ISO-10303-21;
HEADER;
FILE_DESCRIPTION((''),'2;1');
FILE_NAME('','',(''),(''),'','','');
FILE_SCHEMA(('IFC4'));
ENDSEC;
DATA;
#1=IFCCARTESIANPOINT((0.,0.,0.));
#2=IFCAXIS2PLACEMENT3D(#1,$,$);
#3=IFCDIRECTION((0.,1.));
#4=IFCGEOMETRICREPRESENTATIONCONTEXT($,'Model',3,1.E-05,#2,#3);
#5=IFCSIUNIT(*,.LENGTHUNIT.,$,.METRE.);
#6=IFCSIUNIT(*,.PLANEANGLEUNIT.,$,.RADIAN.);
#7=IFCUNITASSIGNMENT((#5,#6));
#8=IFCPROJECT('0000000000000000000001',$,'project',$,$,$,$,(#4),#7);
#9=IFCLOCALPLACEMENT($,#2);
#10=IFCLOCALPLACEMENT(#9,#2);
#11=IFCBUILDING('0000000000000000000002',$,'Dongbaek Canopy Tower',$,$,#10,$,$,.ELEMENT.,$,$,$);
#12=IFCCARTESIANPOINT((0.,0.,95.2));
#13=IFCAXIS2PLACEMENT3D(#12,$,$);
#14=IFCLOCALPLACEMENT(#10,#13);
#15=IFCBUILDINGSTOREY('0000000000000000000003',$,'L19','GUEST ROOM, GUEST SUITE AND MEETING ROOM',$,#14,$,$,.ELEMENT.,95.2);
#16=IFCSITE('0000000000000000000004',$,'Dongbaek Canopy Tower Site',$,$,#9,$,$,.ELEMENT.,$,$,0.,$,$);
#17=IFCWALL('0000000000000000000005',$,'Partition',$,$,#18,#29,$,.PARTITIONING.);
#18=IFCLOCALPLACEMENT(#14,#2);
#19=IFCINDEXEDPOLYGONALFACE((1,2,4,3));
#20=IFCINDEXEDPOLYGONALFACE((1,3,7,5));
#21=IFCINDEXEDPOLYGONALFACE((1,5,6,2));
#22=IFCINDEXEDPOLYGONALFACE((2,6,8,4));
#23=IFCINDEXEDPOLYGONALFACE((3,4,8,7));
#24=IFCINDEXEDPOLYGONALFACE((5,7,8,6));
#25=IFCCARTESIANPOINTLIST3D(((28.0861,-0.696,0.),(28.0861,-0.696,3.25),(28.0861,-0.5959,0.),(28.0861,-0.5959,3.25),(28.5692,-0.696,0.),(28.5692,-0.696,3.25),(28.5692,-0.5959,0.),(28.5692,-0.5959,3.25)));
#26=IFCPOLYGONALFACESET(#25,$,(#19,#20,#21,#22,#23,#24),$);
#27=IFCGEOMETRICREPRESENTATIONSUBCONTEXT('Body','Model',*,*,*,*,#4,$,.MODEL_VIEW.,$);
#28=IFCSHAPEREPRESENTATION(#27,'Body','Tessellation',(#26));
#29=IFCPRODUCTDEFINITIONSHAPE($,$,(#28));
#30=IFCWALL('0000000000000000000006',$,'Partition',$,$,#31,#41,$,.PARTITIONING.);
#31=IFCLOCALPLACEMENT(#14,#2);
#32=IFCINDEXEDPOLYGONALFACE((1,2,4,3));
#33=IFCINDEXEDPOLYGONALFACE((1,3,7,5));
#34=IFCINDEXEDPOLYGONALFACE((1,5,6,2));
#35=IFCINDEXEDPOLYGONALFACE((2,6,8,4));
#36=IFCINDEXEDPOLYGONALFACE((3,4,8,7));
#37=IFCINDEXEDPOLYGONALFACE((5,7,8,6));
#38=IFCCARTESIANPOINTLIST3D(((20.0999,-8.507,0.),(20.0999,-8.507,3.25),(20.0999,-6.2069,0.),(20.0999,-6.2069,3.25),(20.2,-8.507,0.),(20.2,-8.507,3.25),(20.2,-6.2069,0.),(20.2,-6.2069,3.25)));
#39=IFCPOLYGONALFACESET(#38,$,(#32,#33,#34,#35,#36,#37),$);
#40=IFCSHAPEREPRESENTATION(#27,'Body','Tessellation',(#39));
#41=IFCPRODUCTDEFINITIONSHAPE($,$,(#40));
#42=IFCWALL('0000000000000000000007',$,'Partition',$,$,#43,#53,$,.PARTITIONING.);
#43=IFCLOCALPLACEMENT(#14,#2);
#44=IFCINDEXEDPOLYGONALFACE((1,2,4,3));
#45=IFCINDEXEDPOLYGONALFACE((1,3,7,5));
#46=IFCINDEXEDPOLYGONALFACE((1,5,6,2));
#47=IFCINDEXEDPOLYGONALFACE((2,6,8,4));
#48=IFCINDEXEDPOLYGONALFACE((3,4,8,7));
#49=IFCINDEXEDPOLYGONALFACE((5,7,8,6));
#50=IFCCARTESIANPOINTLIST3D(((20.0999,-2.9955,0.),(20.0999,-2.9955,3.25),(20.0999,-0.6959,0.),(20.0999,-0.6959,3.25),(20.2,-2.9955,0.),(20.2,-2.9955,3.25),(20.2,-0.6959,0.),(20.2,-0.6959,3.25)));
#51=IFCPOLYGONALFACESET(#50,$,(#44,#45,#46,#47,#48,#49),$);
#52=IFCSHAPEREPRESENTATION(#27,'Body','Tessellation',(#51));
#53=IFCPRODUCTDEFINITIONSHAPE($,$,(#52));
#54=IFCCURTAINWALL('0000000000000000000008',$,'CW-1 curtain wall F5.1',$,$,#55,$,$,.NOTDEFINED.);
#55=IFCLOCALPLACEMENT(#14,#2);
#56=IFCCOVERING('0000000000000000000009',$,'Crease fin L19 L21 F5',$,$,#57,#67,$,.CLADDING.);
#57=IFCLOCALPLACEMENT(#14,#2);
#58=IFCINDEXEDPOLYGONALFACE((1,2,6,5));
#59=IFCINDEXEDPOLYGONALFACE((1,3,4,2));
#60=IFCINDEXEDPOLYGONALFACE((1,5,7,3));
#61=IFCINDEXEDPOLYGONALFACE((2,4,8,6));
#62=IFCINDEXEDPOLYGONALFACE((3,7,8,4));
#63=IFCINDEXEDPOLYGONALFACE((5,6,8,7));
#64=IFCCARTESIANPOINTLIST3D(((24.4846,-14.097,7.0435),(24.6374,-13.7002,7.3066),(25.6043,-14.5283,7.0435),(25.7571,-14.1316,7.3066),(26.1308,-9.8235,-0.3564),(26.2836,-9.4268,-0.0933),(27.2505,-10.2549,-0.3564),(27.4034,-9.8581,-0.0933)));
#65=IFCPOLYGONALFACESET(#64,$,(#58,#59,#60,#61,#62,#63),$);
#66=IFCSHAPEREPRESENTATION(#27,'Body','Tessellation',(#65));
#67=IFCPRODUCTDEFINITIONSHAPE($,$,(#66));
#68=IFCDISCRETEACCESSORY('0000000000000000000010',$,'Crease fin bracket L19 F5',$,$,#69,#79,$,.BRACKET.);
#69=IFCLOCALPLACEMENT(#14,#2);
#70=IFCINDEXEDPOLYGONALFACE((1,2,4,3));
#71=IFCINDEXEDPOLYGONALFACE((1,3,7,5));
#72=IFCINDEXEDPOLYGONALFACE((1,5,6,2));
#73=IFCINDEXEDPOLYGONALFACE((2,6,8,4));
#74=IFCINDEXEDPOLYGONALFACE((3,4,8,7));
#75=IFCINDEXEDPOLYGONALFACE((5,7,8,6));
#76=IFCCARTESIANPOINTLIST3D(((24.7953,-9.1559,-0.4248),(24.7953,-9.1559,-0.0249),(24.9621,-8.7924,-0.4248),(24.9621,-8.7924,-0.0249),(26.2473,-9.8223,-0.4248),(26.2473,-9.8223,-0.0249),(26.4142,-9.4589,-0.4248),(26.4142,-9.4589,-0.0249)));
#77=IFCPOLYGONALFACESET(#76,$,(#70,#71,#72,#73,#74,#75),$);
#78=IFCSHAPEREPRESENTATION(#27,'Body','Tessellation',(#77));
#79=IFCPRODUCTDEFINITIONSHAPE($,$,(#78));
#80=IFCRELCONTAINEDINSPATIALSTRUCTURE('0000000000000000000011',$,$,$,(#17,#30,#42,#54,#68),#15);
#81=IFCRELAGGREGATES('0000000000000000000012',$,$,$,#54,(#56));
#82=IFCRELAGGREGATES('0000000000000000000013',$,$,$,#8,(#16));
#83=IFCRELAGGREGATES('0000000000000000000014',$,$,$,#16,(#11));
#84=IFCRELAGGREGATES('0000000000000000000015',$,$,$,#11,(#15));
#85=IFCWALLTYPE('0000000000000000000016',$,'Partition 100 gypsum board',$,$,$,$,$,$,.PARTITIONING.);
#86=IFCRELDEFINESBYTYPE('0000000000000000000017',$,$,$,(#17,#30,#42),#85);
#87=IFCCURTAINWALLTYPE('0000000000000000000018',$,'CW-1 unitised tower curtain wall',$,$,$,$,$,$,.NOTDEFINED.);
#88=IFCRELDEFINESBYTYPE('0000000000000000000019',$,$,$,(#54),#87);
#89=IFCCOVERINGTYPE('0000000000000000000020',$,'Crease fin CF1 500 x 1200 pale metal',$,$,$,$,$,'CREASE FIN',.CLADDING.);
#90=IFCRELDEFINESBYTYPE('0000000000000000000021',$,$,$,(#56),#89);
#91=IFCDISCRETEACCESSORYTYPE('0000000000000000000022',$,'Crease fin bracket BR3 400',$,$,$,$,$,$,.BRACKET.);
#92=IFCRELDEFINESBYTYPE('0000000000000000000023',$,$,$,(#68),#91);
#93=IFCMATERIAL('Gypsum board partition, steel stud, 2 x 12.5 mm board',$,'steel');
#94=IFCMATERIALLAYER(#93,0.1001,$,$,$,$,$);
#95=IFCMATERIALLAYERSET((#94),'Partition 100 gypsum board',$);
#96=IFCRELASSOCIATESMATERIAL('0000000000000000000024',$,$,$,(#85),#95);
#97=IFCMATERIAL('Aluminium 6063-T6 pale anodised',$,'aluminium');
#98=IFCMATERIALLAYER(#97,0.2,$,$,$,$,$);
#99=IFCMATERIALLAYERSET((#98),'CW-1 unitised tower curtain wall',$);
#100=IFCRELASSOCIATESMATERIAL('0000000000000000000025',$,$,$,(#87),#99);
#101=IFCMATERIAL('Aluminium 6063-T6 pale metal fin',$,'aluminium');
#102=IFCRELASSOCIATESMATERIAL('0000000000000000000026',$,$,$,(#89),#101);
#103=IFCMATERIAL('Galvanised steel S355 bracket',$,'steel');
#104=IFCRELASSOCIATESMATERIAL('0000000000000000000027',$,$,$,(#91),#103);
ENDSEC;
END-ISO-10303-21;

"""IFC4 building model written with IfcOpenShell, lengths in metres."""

from ifc_helpers import new_model, si_unit, direction, frame, frame_2d, origin, origin_2d, place, context, subcontext, project, spatial, rectangle, extrude, material, layer, layer_set, material_profile, profile_set, type_object, element, aggregate, save


model = new_model("IFC4")

# Units and contexts
model_context = context("Model", 3, precision=1e-05, world=origin(), true_north=direction((0.0, 1.0)))
body_context = subcontext(model_context, "Body", "Model", "MODEL_VIEW")
ifc_project = project(units=[si_unit("LENGTHUNIT", "METRE"), si_unit("PLANEANGLEUNIT", "RADIAN")], contexts=[model_context])

# Site, building, storey
site_placement = place(None, origin())
site = spatial("IfcSite", under=ifc_project, at=site_placement, Name="Dongbaek Canopy Tower Site", CompositionType="ELEMENT", RefElevation=0.0)
building_placement = place(site_placement, origin())
building = spatial("IfcBuilding", under=site, at=building_placement, Name="Dongbaek Canopy Tower", CompositionType="ELEMENT")
storey_placement = place(building_placement, frame((0.0, 0.0, 95.2)))
storey = spatial("IfcBuildingStorey", under=building, at=storey_placement, Name="L19", Description="GUEST ROOM, GUEST SUITE AND MEETING ROOM", CompositionType="ELEMENT", Elevation=95.2)

# Shared definitions
ifc_material_1 = material(Name="Gypsum board partition, steel stud, 2 x 12.5 mm board", Category="steel")
ifc_layer_1 = layer(ifc_material_1, 0.1001)
ifc_layer_set_1 = layer_set([ifc_layer_1], Name="Partition 100 gypsum board")
wall_type_1 = type_object("IfcWallType", Name="Partition 100 gypsum board", PredefinedType="PARTITIONING", material=ifc_layer_set_1)

# Walls
wall_1_placement = place(storey_placement, frame((28.0859, -0.646, 0.0), z_axis=(0.0, 0.0, 1.0), x_axis=(1.0, 0.0, 0.0)))
element("IfcWall", 1, at=wall_1_placement, inside=storey, type_object=wall_type_1, Name="Partition", PredefinedType="PARTITIONING", context=body_context, shape_type="SweptSolid", body=[
    extrude(rectangle(XDim=0.4832, YDim=0.1001, at=frame_2d((0.2417, 0.0))), origin(), (0.0, 0.0, 1.0), 3.25),
])
wall_2_placement = place(storey_placement, frame((20.1499, -8.5068, 0.0), z_axis=(0.0, 0.0, 1.0), x_axis=(0.0, 1.0, 0.0)))
element("IfcWall", 2, at=wall_2_placement, inside=storey, type_object=wall_type_1, Name="Partition", PredefinedType="PARTITIONING", context=body_context, shape_type="SweptSolid", body=[
    extrude(rectangle(XDim=2.3, YDim=0.1001, at=frame_2d((1.1499, 0.0))), origin(), (0.0, 0.0, 1.0), 3.25),
])
wall_3_placement = place(storey_placement, frame((20.1499, -2.9956, 0.0), z_axis=(0.0, 0.0, 1.0), x_axis=(0.0, 1.0, 0.0)))
element("IfcWall", 3, at=wall_3_placement, inside=storey, type_object=wall_type_1, Name="Partition", PredefinedType="PARTITIONING", context=body_context, shape_type="SweptSolid", body=[
    extrude(rectangle(XDim=2.2996, YDim=0.1001, at=frame_2d((1.1499, 0.0))), origin(), (0.0, 0.0, 1.0), 3.25),
])

# Curtain wall, covering
ifc_material_2 = material(Name="Aluminium 6063-T6 pale anodised", Category="aluminium")
ifc_layer_2 = layer(ifc_material_2, 0.2)
ifc_layer_set_2 = layer_set([ifc_layer_2], Name="CW-1 unitised tower curtain wall")
curtain_wall_type = type_object("IfcCurtainWallType", Name="CW-1 unitised tower curtain wall", PredefinedType="NOTDEFINED", material=ifc_layer_set_2)
curtain_wall_placement = place(storey_placement, origin())
curtain_wall = element("IfcCurtainWall", 4, at=curtain_wall_placement, inside=storey, type_object=curtain_wall_type, Name="CW-1 curtain wall F5.1", PredefinedType="NOTDEFINED")
ifc_material_3 = material(Name="Aluminium 6063-T6 pale metal fin", Category="aluminium")
ifc_material_profile_1 = material_profile(ifc_material_3, rectangle(XDim=1.2, YDim=0.5, at=origin_2d()), Name="Crease fin CF1 500 x 1200 pale metal")
ifc_profile_set_1 = profile_set([ifc_material_profile_1], Name="Aluminium 6063-T6 pale metal fin")
covering_type = type_object("IfcCoveringType", Name="Crease fin CF1 500 x 1200 pale metal", ElementType="CREASE FIN", PredefinedType="CLADDING", material=ifc_profile_set_1)
covering_placement = place(storey_placement, frame((26.7671, -9.8408, -0.2249), z_axis=(-0.189172, -0.491067, 0.850334), x_axis=(0.933154, -0.359476, 0.0)))
covering = element("IfcCovering", 5, at=covering_placement, type_object=covering_type, Name="Crease fin L19 L21 F5", PredefinedType="CLADDING", context=body_context, shape_type="SweptSolid", body=[
    extrude(rectangle(XDim=1.2, YDim=0.5, at=origin_2d()), origin(), (0.0, 0.0, 1.0), 8.7024),
])
aggregate(curtain_wall, [covering])

# Discrete accessory
ifc_material_4 = material(Name="Galvanised steel S355 bracket", Category="steel")
discrete_accessory_type = type_object("IfcDiscreteAccessoryType", Name="Crease fin bracket BR3 400", PredefinedType="BRACKET", material=ifc_material_4)
discrete_accessory_placement = place(storey_placement, frame((25.6047, -9.3074, -0.4248), z_axis=(0.0, 0.0, 1.0), x_axis=(0.908848, -0.417126, 0.0)))
element("IfcDiscreteAccessory", 6, at=discrete_accessory_placement, inside=storey, type_object=discrete_accessory_type, Name="Crease fin bracket L19 F5", PredefinedType="BRACKET", context=body_context, shape_type="SweptSolid", body=[
    extrude(rectangle(XDim=1.5977, YDim=0.3999, at=origin_2d()), origin(), (0.0, 0.0, 1.0), 0.3999),
])

save(model, "model.ifc")
